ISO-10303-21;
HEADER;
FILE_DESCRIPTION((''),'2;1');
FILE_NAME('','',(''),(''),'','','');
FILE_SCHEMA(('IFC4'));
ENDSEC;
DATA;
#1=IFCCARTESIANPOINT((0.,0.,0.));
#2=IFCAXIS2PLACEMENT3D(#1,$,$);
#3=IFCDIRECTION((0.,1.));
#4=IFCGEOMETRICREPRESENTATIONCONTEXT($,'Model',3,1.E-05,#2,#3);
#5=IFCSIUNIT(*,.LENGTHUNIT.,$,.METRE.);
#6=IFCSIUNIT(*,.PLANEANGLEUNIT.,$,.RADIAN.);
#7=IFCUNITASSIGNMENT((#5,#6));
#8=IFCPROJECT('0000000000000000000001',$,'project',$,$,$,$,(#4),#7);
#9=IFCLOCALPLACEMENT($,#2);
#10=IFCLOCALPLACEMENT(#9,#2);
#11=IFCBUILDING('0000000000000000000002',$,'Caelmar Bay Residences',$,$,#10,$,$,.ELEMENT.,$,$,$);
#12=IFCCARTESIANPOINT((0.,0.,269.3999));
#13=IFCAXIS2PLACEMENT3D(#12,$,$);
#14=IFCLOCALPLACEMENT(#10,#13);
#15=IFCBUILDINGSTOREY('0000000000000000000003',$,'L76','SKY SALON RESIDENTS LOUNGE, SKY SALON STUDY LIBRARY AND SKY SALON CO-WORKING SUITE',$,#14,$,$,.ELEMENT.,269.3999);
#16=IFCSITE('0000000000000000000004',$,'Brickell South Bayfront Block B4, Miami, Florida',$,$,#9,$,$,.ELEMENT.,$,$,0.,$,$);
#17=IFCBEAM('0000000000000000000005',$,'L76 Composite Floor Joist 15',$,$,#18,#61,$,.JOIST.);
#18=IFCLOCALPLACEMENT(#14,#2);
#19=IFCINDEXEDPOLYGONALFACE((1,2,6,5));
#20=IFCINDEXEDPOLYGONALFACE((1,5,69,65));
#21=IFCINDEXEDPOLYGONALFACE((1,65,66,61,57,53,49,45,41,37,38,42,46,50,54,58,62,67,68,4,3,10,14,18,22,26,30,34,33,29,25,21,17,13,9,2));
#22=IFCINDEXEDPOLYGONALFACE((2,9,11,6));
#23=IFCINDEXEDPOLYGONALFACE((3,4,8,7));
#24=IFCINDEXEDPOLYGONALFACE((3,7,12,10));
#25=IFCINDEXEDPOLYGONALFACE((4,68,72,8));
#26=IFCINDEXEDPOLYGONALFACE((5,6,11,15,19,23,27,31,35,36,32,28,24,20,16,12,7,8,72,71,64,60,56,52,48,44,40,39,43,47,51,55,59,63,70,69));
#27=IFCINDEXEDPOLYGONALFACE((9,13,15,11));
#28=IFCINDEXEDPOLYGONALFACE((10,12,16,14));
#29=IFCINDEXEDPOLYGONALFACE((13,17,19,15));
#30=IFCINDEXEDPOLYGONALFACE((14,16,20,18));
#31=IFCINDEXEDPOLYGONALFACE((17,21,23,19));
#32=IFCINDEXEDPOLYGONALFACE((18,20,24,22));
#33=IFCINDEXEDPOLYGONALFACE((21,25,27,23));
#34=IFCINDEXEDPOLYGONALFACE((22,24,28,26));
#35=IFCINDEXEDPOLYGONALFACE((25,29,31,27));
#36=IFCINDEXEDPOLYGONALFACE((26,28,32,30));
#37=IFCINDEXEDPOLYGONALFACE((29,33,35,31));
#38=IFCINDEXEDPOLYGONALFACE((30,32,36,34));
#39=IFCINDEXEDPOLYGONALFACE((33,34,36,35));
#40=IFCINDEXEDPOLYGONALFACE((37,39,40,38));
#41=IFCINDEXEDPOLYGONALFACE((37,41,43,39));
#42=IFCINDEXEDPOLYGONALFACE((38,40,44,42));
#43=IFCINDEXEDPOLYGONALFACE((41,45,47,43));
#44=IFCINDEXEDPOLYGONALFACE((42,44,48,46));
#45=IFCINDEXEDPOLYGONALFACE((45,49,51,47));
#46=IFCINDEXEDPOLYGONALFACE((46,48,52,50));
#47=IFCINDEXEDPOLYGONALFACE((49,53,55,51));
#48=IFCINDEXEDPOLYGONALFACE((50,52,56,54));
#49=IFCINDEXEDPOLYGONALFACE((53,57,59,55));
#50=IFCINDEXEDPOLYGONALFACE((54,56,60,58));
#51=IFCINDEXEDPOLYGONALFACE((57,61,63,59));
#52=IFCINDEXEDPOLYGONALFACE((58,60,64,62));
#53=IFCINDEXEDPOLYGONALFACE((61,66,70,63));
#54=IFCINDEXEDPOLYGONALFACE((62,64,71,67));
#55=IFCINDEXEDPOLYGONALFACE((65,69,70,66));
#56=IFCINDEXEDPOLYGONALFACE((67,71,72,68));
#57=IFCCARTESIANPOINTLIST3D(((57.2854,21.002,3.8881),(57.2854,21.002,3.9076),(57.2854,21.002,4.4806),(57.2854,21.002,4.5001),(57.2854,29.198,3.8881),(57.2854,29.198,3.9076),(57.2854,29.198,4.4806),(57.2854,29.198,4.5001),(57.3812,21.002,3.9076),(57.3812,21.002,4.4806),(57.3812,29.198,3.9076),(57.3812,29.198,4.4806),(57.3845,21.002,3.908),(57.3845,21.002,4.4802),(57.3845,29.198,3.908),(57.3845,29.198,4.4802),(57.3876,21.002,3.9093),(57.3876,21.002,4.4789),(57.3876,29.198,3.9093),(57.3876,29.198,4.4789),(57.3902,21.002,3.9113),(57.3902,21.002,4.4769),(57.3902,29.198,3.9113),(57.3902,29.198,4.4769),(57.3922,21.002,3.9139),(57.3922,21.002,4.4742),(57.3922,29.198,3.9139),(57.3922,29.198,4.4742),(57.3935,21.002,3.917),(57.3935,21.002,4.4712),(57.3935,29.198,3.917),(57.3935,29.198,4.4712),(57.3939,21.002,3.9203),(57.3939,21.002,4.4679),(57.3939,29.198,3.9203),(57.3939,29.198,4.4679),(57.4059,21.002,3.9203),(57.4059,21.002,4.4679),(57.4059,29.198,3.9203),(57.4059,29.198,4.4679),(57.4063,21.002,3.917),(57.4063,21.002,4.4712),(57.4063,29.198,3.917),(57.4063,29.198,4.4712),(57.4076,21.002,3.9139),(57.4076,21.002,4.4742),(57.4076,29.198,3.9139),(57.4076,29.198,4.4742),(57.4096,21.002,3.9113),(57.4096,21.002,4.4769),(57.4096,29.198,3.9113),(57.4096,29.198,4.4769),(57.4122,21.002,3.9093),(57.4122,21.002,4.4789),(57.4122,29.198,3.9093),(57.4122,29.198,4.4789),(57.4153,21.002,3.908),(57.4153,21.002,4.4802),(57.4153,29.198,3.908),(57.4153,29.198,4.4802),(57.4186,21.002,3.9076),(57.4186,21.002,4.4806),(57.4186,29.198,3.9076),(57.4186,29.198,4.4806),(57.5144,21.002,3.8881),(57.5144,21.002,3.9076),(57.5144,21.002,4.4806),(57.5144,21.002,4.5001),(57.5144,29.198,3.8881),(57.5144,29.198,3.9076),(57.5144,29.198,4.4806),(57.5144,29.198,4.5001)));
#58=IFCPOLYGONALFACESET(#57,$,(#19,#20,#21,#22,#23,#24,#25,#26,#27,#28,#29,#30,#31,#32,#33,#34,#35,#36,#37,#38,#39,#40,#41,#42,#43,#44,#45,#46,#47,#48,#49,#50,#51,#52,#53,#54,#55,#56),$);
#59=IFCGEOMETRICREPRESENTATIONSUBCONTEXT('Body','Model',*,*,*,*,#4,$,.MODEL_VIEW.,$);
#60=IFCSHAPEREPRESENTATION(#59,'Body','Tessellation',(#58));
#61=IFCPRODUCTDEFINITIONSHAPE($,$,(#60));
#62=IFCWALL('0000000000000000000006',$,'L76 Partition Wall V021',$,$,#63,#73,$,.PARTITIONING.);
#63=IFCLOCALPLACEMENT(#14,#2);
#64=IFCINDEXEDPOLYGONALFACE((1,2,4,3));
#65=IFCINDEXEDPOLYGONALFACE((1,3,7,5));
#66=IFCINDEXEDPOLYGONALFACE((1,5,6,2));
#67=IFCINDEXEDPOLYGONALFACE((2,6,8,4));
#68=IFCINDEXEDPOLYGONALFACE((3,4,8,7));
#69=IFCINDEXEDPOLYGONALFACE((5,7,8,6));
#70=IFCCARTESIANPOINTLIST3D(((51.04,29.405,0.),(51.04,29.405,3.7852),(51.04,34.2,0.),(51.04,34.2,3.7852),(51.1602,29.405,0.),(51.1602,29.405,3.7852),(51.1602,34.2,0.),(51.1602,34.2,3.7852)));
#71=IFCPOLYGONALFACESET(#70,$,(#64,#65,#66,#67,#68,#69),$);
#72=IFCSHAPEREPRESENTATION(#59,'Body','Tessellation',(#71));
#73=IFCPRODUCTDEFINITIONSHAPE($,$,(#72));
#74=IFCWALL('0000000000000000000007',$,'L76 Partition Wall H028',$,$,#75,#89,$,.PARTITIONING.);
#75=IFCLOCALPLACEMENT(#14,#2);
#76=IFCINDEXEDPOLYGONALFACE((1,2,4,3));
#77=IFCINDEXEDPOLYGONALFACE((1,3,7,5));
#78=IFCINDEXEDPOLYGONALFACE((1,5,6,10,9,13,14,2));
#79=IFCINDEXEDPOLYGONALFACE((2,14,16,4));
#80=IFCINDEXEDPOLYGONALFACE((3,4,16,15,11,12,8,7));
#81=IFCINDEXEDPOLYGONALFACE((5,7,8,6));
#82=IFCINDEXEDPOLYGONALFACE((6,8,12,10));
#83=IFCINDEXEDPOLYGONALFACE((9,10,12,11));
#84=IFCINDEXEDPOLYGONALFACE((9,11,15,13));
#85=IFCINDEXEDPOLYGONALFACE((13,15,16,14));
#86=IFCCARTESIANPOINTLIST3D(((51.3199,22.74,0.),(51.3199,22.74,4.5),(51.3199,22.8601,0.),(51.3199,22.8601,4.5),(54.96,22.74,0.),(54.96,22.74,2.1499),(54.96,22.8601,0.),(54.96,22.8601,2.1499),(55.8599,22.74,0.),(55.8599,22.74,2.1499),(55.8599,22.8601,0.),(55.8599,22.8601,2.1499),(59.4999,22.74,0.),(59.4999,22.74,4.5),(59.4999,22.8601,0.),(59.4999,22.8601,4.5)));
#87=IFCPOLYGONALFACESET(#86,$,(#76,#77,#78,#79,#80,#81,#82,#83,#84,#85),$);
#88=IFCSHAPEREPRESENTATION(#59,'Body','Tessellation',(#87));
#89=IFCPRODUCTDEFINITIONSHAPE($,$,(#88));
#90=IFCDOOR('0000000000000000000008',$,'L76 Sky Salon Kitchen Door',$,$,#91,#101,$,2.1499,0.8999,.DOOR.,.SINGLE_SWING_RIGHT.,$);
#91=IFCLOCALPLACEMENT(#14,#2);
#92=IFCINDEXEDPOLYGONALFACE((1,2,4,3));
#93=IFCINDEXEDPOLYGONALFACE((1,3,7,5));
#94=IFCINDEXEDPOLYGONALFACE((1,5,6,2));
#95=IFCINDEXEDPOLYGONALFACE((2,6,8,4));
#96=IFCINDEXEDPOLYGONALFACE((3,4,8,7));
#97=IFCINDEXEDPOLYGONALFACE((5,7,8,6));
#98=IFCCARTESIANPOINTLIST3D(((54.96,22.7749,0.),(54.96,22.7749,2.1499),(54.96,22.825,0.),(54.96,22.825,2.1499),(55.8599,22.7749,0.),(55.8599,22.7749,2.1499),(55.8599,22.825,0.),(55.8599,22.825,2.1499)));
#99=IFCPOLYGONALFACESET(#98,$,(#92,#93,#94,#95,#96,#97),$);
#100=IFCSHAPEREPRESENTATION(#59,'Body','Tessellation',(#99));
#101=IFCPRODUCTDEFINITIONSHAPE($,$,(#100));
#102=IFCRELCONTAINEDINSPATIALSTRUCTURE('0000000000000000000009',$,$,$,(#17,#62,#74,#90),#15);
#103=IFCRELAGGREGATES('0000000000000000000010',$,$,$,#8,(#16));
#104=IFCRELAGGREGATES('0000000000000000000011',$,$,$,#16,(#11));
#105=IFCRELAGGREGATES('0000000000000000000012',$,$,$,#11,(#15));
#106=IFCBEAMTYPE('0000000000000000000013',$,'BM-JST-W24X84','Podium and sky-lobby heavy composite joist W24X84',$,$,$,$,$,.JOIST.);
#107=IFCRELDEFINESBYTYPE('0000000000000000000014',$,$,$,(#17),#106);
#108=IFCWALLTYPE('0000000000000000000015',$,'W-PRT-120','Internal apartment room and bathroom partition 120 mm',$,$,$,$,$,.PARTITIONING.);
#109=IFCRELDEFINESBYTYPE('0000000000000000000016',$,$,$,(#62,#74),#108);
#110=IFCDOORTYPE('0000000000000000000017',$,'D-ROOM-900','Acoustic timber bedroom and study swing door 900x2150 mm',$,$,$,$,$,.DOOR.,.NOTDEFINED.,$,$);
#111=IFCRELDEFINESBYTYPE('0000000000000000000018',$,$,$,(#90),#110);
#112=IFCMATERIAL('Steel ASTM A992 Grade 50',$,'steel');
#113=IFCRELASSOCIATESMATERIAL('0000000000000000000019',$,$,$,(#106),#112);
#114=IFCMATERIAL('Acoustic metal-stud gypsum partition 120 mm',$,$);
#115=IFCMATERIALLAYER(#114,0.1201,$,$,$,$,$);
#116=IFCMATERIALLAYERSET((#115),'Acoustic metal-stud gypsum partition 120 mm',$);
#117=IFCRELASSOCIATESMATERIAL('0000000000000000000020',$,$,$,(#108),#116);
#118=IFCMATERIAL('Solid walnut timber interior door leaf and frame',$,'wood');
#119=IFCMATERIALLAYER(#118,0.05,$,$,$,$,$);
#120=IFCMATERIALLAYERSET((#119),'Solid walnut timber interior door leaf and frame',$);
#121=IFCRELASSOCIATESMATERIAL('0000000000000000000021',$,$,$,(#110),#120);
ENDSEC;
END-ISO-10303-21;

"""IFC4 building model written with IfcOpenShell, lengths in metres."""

from ifc_helpers import new_model, si_unit, direction, frame, frame_2d, origin, origin_2d, place, context, subcontext, project, spatial, rectangle, i_section, extrude, material, layer, layer_set, material_profile, profile_set, type_object, element, fill, save


model = new_model("IFC4")

# Units and contexts
model_context = context("Model", 3, precision=1e-05, world=origin(), true_north=direction((0.0, 1.0)))
body_context = subcontext(model_context, "Body", "Model", "MODEL_VIEW")
ifc_project = project(units=[si_unit("LENGTHUNIT", "METRE"), si_unit("PLANEANGLEUNIT", "RADIAN")], contexts=[model_context])

# Site, building, storey
site_placement = place(None, origin())
site = spatial("IfcSite", under=ifc_project, at=site_placement, Name="Brickell South Bayfront Block B4, Miami, Florida", CompositionType="ELEMENT", RefElevation=0.0)
building_placement = place(site_placement, origin())
building = spatial("IfcBuilding", under=site, at=building_placement, Name="Caelmar Bay Residences", CompositionType="ELEMENT")
storey_placement = place(building_placement, frame((0.0, 0.0, 269.3999)))
storey = spatial("IfcBuildingStorey", under=building, at=storey_placement, Name="L76", Description="SKY SALON RESIDENTS LOUNGE, SKY SALON STUDY LIBRARY AND SKY SALON CO-WORKING SUITE", CompositionType="ELEMENT", Elevation=269.3999)

# Beam
ifc_material_1 = material(Name="Steel ASTM A992 Grade 50", Category="steel")
ifc_material_profile_1 = material_profile(ifc_material_1, i_section(OverallWidth=0.229, OverallDepth=0.6121, WebThickness=0.012, FlangeThickness=0.0195, FilletRadius=0.0127, at=origin_2d()), Name="W24X84")
ifc_profile_set_1 = profile_set([ifc_material_profile_1], Name="Steel ASTM A992 Grade 50")
beam_type_1 = type_object("IfcBeamType", Name="BM-JST-W24X84", Description="Podium and sky-lobby heavy composite joist W24X84", PredefinedType="JOIST", material=ifc_profile_set_1)
for number, where, z_axis, x_axis, name in (
    (1, (57.3999, 21.002, 4.1941), (0.0, 1.0, 0.0), (-1.0, 0.0, 0.0), "L76 Composite Floor Joist 15"),
):
    element("IfcBeam", number, at=place(storey_placement, frame(where, z_axis=z_axis, x_axis=x_axis)), inside=storey, type_object=beam_type_1, Name=name, PredefinedType="JOIST", context=body_context, shape_type="SweptSolid", body=[
        extrude(i_section(OverallWidth=0.229, OverallDepth=0.6121, WebThickness=0.012, FlangeThickness=0.0195, FilletRadius=0.0127, at=origin_2d()), origin(), (0.0, 0.0, 1.0), 8.196),
    ])

# Wall
ifc_material_2 = material(Name="Acoustic metal-stud gypsum partition 120 mm")
ifc_layer_1 = layer(ifc_material_2, 0.1201)
ifc_layer_set_1 = layer_set([ifc_layer_1], Name="Acoustic metal-stud gypsum partition 120 mm")
wall_type = type_object("IfcWallType", Name="W-PRT-120", Description="Internal apartment room and bathroom partition 120 mm", PredefinedType="PARTITIONING", material=ifc_layer_set_1)
wall_1_placement = place(storey_placement, frame((51.1001, 29.405, 0.0), z_axis=(0.0, 0.0, 1.0), x_axis=(0.0, 1.0, 0.0)))
element("IfcWall", 2, at=wall_1_placement, inside=storey, type_object=wall_type, Name="L76 Partition Wall V021", PredefinedType="PARTITIONING", context=body_context, shape_type="SweptSolid", body=[
    extrude(rectangle(XDim=4.7949, YDim=0.1201, at=frame_2d((2.3975, 0.0))), origin(), (0.0, 0.0, 1.0), 3.7852),
])

# Wall, opening, door
wall_2_placement = place(storey_placement, frame((51.3201, 22.8, 0.0), z_axis=(0.0, 0.0, 1.0), x_axis=(1.0, 0.0, 0.0)))
wall_2 = element("IfcWall", 3, at=wall_2_placement, inside=storey, type_object=wall_type, Name="L76 Partition Wall H028", PredefinedType="PARTITIONING", context=body_context, shape_type="SweptSolid", body=[
    extrude(rectangle(XDim=8.1799, YDim=0.1201, at=frame_2d((4.0898, 0.0))), origin(), (0.0, 0.0, 1.0), 4.5),
])
opening_placement = place(wall_2_placement, frame((3.6399, 0.0, 0.0)))
opening = element("IfcOpeningElement", 4, at=opening_placement, cuts=wall_2, PredefinedType="OPENING", context=body_context, shape_type="SweptSolid", body=[
    extrude(rectangle(XDim=0.8999, YDim=2.1499, at=frame_2d((0.45, 1.075))), frame((0.0, 0.0701, 0.0), z_axis=(0.0, -1.0, 0.0), x_axis=(1.0, 0.0, 0.0)), (0.0, 0.0, 1.0), 0.1401),
])
ifc_material_3 = material(Name="Solid walnut timber interior door leaf and frame", Category="wood")
ifc_layer_2 = layer(ifc_material_3, 0.05)
ifc_layer_set_2 = layer_set([ifc_layer_2], Name="Solid walnut timber interior door leaf and frame")
door_type = type_object("IfcDoorType", Name="D-ROOM-900", Description="Acoustic timber bedroom and study swing door 900x2150 mm", OperationType="NOTDEFINED", PredefinedType="DOOR", material=ifc_layer_set_2)
door_placement = place(opening_placement, origin())
door = element("IfcDoor", 5, at=door_placement, inside=storey, type_object=door_type, Name="L76 Sky Salon Kitchen Door", OperationType="SINGLE_SWING_RIGHT", OverallHeight=2.1499, OverallWidth=0.8999, PredefinedType="DOOR", context=body_context, shape_type="SweptSolid", body=[
    extrude(rectangle(XDim=0.8999, YDim=2.1499, at=frame_2d((0.45, 1.075))), frame((0.0, 0.0249, 0.0), z_axis=(0.0, -1.0, 0.0), x_axis=(1.0, 0.0, 0.0)), (0.0, 0.0, 1.0), 0.05),
])
fill(opening, door)

save(model, "model.ifc")
